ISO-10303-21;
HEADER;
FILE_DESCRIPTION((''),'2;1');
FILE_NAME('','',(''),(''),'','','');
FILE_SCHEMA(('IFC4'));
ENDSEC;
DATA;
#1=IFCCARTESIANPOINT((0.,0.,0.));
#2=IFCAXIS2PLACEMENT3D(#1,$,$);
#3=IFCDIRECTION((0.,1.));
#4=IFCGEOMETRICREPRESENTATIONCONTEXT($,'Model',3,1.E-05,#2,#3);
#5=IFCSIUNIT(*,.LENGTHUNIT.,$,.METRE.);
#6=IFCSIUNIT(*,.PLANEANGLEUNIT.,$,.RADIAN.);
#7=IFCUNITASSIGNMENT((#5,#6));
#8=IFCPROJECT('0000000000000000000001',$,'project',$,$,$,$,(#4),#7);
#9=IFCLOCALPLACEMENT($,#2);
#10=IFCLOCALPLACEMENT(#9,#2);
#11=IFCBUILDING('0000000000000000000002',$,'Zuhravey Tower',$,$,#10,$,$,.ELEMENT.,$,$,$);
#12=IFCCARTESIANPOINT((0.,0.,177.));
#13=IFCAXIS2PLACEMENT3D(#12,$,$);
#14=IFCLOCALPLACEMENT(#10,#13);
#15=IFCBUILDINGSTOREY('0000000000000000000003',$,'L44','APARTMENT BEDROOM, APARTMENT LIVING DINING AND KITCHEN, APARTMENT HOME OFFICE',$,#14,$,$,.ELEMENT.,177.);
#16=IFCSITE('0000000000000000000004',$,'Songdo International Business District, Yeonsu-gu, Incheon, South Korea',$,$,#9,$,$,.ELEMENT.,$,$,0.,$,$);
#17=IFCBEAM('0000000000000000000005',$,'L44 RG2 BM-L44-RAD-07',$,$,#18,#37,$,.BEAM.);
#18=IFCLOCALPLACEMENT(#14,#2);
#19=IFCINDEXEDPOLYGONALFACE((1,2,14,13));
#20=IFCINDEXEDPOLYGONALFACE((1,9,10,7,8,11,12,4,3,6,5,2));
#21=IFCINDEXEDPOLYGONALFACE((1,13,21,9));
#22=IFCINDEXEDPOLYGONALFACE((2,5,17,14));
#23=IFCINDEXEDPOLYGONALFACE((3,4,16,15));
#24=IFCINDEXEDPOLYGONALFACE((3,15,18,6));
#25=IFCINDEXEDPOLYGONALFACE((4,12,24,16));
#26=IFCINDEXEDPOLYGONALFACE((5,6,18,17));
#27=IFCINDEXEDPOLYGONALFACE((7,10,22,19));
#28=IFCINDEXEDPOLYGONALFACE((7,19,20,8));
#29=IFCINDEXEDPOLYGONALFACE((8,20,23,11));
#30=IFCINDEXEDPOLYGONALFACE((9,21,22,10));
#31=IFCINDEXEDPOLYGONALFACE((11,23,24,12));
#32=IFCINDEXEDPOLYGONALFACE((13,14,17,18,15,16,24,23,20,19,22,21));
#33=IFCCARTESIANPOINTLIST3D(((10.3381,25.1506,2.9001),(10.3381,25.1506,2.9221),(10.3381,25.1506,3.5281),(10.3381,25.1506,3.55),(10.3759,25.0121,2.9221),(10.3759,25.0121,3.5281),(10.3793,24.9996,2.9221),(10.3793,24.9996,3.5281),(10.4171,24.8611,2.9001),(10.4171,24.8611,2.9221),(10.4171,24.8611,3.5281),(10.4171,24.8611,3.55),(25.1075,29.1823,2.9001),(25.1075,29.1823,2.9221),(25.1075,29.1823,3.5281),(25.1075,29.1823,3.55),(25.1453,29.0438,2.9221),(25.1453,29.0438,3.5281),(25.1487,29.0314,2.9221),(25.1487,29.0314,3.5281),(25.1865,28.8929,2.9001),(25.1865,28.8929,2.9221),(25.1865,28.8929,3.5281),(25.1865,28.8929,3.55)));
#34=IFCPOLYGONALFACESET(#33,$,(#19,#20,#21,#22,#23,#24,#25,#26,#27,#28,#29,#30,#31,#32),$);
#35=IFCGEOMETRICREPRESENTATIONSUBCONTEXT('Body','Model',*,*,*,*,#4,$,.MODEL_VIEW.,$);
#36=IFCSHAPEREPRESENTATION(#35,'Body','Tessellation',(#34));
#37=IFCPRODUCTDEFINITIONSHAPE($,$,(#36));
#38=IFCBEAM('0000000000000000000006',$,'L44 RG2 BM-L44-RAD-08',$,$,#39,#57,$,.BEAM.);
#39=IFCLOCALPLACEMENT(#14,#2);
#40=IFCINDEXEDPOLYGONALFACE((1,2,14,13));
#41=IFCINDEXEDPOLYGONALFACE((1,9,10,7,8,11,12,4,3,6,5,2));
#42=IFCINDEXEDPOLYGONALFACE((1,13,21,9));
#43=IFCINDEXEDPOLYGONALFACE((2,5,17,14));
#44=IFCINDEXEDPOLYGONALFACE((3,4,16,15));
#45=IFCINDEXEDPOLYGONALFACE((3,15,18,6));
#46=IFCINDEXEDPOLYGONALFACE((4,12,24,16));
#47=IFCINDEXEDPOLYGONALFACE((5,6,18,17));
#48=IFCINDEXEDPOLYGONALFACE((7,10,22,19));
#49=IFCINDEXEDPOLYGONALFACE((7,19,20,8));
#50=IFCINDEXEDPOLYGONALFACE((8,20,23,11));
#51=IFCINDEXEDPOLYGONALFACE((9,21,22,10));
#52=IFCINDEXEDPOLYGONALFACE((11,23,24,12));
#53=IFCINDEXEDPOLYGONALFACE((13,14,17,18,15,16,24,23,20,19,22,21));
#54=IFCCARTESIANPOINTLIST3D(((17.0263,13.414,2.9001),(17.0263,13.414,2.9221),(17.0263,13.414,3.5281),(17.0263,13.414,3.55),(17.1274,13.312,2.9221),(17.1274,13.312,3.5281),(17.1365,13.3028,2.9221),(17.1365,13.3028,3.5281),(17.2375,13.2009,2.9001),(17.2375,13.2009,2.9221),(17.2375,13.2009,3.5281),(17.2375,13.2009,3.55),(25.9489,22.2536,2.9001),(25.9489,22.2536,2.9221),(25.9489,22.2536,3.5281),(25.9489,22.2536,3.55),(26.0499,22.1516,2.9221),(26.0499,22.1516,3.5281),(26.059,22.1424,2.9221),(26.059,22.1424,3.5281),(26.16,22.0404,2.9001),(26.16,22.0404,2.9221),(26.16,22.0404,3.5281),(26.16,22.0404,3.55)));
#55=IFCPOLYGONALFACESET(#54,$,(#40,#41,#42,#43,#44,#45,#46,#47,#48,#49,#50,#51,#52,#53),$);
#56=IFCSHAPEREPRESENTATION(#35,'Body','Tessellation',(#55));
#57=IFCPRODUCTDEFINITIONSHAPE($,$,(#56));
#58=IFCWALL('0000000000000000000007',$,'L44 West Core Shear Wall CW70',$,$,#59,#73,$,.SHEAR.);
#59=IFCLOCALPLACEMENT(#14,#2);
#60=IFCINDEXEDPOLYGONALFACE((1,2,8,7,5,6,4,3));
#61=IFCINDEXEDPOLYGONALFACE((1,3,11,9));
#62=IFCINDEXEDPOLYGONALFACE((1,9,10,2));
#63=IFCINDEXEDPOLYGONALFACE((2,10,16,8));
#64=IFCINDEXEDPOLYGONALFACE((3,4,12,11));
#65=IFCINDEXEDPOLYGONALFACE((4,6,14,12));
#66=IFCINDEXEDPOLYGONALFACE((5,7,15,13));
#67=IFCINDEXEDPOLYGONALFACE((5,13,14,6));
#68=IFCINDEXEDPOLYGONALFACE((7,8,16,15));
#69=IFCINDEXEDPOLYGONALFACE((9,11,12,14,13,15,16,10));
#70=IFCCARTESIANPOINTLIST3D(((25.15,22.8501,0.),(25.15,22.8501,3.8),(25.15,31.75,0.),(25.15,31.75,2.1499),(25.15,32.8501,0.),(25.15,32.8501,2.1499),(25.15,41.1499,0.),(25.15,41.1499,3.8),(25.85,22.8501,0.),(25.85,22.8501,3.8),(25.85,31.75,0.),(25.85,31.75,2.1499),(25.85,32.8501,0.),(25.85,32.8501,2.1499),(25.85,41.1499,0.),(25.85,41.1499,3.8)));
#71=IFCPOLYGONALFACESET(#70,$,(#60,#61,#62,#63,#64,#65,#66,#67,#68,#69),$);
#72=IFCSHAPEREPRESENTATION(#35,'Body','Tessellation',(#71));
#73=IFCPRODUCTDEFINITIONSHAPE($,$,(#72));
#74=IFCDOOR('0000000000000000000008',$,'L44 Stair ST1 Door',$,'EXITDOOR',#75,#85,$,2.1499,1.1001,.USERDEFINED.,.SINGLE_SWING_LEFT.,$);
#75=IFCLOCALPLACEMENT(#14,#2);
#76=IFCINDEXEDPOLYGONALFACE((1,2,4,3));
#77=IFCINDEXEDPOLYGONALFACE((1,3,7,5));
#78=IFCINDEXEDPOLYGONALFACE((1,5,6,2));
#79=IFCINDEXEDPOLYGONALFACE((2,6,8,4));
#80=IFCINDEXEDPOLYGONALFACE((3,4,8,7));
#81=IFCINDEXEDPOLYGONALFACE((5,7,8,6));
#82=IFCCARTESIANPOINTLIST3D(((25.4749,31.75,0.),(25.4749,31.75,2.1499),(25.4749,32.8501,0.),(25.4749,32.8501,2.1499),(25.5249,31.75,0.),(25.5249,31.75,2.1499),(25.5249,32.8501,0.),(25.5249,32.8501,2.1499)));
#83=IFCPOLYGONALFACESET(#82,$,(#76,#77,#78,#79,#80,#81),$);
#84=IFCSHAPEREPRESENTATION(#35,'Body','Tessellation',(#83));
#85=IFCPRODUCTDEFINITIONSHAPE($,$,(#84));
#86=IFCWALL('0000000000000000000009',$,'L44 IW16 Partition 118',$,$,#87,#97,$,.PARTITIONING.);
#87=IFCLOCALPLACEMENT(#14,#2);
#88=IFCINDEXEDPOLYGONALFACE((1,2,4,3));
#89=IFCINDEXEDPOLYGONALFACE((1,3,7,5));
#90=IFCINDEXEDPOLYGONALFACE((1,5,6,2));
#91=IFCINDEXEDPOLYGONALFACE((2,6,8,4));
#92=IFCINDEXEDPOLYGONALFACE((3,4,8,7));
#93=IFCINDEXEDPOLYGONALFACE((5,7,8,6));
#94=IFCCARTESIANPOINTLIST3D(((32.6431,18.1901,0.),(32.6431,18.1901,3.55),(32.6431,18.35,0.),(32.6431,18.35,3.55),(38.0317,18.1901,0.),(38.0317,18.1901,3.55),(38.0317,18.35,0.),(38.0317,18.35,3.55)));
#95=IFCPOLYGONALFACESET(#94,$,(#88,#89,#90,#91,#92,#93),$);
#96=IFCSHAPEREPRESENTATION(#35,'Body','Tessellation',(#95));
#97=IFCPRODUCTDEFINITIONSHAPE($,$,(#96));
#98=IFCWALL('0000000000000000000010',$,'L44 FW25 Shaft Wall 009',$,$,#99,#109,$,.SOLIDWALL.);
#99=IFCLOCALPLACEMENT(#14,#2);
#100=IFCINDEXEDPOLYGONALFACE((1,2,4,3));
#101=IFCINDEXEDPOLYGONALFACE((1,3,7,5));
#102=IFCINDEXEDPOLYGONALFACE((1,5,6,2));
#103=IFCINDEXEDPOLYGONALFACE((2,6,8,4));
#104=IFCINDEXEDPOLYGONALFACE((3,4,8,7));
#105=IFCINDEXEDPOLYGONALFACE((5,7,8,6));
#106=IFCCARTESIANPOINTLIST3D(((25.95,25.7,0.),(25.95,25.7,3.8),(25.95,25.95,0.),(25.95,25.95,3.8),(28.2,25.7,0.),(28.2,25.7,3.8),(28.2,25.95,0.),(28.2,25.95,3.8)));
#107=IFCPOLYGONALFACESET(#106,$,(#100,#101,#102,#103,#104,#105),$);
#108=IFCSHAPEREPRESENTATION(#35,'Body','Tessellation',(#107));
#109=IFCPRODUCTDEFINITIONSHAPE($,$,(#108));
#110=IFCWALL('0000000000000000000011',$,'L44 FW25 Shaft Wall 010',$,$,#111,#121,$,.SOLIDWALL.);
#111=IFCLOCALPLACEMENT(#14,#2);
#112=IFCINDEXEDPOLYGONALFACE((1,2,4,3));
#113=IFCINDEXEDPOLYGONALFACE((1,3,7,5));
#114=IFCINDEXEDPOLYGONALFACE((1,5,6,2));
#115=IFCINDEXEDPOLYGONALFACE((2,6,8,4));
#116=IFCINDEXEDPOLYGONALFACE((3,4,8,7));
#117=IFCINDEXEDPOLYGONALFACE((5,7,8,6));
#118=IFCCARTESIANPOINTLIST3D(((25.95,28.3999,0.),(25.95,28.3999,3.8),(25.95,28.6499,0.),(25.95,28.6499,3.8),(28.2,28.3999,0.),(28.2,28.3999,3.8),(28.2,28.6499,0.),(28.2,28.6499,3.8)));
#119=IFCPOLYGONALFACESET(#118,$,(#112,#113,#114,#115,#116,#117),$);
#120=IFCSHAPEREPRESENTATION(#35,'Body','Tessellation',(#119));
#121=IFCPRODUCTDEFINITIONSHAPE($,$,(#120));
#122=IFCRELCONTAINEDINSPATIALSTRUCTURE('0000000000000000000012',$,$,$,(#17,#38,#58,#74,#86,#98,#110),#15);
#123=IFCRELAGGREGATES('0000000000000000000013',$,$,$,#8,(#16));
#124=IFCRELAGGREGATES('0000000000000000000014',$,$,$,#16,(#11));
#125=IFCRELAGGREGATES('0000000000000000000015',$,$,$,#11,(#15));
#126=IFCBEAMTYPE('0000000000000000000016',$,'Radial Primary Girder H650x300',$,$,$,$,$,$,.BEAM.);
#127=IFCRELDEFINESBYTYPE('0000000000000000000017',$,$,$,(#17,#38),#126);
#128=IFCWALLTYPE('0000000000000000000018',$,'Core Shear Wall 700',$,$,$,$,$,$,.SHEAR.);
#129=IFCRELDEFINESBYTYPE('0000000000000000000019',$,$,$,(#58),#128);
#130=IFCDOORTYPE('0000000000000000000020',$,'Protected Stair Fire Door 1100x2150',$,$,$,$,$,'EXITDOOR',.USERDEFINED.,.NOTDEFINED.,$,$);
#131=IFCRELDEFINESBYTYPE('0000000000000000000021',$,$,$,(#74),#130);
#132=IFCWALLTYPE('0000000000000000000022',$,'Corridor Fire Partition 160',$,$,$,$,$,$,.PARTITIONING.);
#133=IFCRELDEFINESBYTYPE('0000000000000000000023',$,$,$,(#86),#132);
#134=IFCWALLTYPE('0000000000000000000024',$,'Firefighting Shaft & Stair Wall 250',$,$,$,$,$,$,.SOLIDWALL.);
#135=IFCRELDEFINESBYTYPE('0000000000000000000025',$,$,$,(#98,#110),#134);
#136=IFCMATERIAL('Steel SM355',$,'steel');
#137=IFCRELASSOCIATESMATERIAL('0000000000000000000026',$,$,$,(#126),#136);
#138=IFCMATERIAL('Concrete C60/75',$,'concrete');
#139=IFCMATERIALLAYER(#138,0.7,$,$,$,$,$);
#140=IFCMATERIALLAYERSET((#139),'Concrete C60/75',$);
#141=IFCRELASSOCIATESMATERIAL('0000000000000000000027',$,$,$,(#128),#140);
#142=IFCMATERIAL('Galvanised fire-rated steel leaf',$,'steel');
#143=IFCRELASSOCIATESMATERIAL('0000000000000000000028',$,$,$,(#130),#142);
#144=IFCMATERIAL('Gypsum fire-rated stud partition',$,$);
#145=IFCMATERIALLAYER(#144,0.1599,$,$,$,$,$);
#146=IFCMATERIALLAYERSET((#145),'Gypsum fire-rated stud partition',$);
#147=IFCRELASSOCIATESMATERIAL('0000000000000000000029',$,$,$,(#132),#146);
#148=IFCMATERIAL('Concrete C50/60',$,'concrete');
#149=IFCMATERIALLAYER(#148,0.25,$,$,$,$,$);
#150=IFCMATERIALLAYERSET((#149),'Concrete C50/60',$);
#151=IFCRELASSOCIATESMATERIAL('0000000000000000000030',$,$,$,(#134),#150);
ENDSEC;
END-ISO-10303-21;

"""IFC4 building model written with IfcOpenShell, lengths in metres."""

from ifc_helpers import new_model, si_unit, direction, frame, frame_2d, origin, origin_2d, place, context, subcontext, project, spatial, rectangle, i_section, extrude, material, layer, layer_set, material_profile, profile_set, type_object, element, fill, save


model = new_model("IFC4")

# Units and contexts
model_context = context("Model", 3, precision=1e-05, world=origin(), true_north=direction((0.0, 1.0)))
body_context = subcontext(model_context, "Body", "Model", "MODEL_VIEW")
ifc_project = project(units=[si_unit("LENGTHUNIT", "METRE"), si_unit("PLANEANGLEUNIT", "RADIAN")], contexts=[model_context])

# Site, building, storey
site_placement = place(None, origin())
site = spatial("IfcSite", under=ifc_project, at=site_placement, Name="Songdo International Business District, Yeonsu-gu, Incheon, South Korea", CompositionType="ELEMENT", RefElevation=0.0)
building_placement = place(site_placement, origin())
building = spatial("IfcBuilding", under=site, at=building_placement, Name="Zuhravey Tower", CompositionType="ELEMENT")
storey_placement = place(building_placement, frame((0.0, 0.0, 177.0)))
storey = spatial("IfcBuildingStorey", under=building, at=storey_placement, Name="L44", Description="APARTMENT BEDROOM, APARTMENT LIVING DINING AND KITCHEN, APARTMENT HOME OFFICE", CompositionType="ELEMENT", Elevation=177.0)

# Beams
ifc_material_1 = material(Name="Steel SM355", Category="steel")
ifc_material_profile = material_profile(ifc_material_1, i_section(OverallWidth=0.3, OverallDepth=0.6499, WebThickness=0.0129, FlangeThickness=0.022, at=origin_2d()), Name="H-650x300x13x22")
ifc_profile_set = profile_set([ifc_material_profile], Name="Steel SM355")
beam_type = type_object("IfcBeamType", Name="Radial Primary Girder H650x300", PredefinedType="BEAM", material=ifc_profile_set)
beam_1_placement = place(storey_placement, frame((25.147, 29.0376, 3.2251), z_axis=(-0.964702, -0.263345, 0.0), x_axis=(0.263345, -0.964702, 0.0)))
element("IfcBeam", 1, at=beam_1_placement, inside=storey, type_object=beam_type, Name="L44 RG2 BM-L44-RAD-07", PredefinedType="BEAM", context=body_context, shape_type="SweptSolid", body=[
    extrude(i_section(OverallWidth=0.3, OverallDepth=0.6499, WebThickness=0.0129, FlangeThickness=0.022, at=origin_2d()), origin(), (0.0, 0.0, 1.0), 15.3098),
])
beam_2_placement = place(storey_placement, frame((26.0544, 22.147, 3.2251), z_axis=(-0.710404, -0.703795, 0.0), x_axis=(0.703795, -0.710404, 0.0)))
element("IfcBeam", 2, at=beam_2_placement, inside=storey, type_object=beam_type, Name="L44 RG2 BM-L44-RAD-08", PredefinedType="BEAM", context=body_context, shape_type="SweptSolid", body=[
    extrude(i_section(OverallWidth=0.3, OverallDepth=0.6499, WebThickness=0.0129, FlangeThickness=0.022, at=origin_2d()), origin(), (0.0, 0.0, 1.0), 12.5598),
])

# Wall, opening, door
ifc_material_2 = material(Name="Concrete C60/75", Category="concrete")
ifc_layer_1 = layer(ifc_material_2, 0.7)
ifc_layer_set_1 = layer_set([ifc_layer_1], Name="Concrete C60/75")
wall_type_1 = type_object("IfcWallType", Name="Core Shear Wall 700", PredefinedType="SHEAR", material=ifc_layer_set_1)
ifc_material_3 = material(Name="Galvanised fire-rated steel leaf", Category="steel")
wall_1_placement = place(storey_placement, frame((25.5, 22.8501, 0.0), z_axis=(0.0, 0.0, 1.0), x_axis=(0.0, 1.0, 0.0)))
wall_1 = element("IfcWall", 3, at=wall_1_placement, inside=storey, type_object=wall_type_1, Name="L44 West Core Shear Wall CW70", PredefinedType="SHEAR", context=body_context, shape_type="SweptSolid", body=[
    extrude(rectangle(XDim=18.2998, YDim=0.7, at=frame_2d((9.1499, 0.0))), origin(), (0.0, 0.0, 1.0), 3.8),
])
opening_1_placement = place(wall_1_placement, frame((8.8999, 0.0, 0.0)))
opening_1 = element("IfcOpeningElement", 4, at=opening_1_placement, cuts=wall_1, PredefinedType="OPENING", context=body_context, shape_type="SweptSolid", body=[
    extrude(rectangle(XDim=1.1001, YDim=2.1499, at=frame_2d((0.55, 1.075))), frame((0.0, 0.3621, 0.0), z_axis=(0.0, -1.0, 0.0), x_axis=(1.0, 0.0, 0.0)), (0.0, 0.0, 1.0), 0.7239),
])
door_type_1 = type_object("IfcDoorType", Name="Protected Stair Fire Door 1100x2150", ElementType="EXITDOOR", OperationType="NOTDEFINED", PredefinedType="USERDEFINED", material=ifc_material_3)
door_1_placement = place(opening_1_placement, frame((1.1001, 0.0, 0.0), z_axis=(0.0, 0.0, 1.0), x_axis=(-1.0, 0.0, 0.0)))
door_1 = element("IfcDoor", 5, at=door_1_placement, inside=storey, type_object=door_type_1, Name="L44 Stair ST1 Door", ObjectType="EXITDOOR", OperationType="SINGLE_SWING_LEFT", OverallHeight=2.1499, OverallWidth=1.1001, PredefinedType="USERDEFINED", context=body_context, shape_type="SweptSolid", body=[
    extrude(rectangle(XDim=1.1001, YDim=2.1499, at=frame_2d((0.55, 1.075))), frame((0.0, 0.0249, 0.0), z_axis=(0.0, -1.0, 0.0), x_axis=(1.0, 0.0, 0.0)), (0.0, 0.0, 1.0), 0.05),
])
fill(opening_1, door_1)
ifc_material_4 = material(Name="Gypsum fire-rated stud partition")
ifc_layer_2 = layer(ifc_material_4, 0.1599)
ifc_layer_set_2 = layer_set([ifc_layer_2], Name="Gypsum fire-rated stud partition")
wall_type_2 = type_object("IfcWallType", Name="Corridor Fire Partition 160", PredefinedType="PARTITIONING", material=ifc_layer_set_2)

# Walls
wall_2_placement = place(storey_placement, frame((32.6431, 18.27, 0.0), z_axis=(0.0, 0.0, 1.0), x_axis=(1.0, 0.0, 0.0)))
element("IfcWall", 6, at=wall_2_placement, inside=storey, type_object=wall_type_2, Name="L44 IW16 Partition 118", PredefinedType="PARTITIONING", context=body_context, shape_type="SweptSolid", body=[
    extrude(rectangle(XDim=5.3887, YDim=0.1599, at=frame_2d((2.6943, 0.0))), origin(), (0.0, 0.0, 1.0), 3.55),
])
ifc_material_5 = material(Name="Concrete C50/60", Category="concrete")
ifc_layer_3 = layer(ifc_material_5, 0.25)
ifc_layer_set_3 = layer_set([ifc_layer_3], Name="Concrete C50/60")
wall_type_3 = type_object("IfcWallType", Name="Firefighting Shaft & Stair Wall 250", PredefinedType="SOLIDWALL", material=ifc_layer_set_3)
for number, where, z_axis, x_axis, name in (
    (7, (25.95, 25.825, 0.0), (0.0, 0.0, 1.0), (1.0, 0.0, 0.0), "L44 FW25 Shaft Wall 009"),
    (8, (25.95, 28.5249, 0.0), (0.0, 0.0, 1.0), (1.0, 0.0, 0.0), "L44 FW25 Shaft Wall 010"),
):
    element("IfcWall", number, at=place(storey_placement, frame(where, z_axis=z_axis, x_axis=x_axis)), inside=storey, type_object=wall_type_3, Name=name, PredefinedType="SOLIDWALL", context=body_context, shape_type="SweptSolid", body=[
        extrude(rectangle(XDim=2.25, YDim=0.25, at=frame_2d((1.125, 0.0))), origin(), (0.0, 0.0, 1.0), 3.8),
    ])

save(model, "model.ifc")
